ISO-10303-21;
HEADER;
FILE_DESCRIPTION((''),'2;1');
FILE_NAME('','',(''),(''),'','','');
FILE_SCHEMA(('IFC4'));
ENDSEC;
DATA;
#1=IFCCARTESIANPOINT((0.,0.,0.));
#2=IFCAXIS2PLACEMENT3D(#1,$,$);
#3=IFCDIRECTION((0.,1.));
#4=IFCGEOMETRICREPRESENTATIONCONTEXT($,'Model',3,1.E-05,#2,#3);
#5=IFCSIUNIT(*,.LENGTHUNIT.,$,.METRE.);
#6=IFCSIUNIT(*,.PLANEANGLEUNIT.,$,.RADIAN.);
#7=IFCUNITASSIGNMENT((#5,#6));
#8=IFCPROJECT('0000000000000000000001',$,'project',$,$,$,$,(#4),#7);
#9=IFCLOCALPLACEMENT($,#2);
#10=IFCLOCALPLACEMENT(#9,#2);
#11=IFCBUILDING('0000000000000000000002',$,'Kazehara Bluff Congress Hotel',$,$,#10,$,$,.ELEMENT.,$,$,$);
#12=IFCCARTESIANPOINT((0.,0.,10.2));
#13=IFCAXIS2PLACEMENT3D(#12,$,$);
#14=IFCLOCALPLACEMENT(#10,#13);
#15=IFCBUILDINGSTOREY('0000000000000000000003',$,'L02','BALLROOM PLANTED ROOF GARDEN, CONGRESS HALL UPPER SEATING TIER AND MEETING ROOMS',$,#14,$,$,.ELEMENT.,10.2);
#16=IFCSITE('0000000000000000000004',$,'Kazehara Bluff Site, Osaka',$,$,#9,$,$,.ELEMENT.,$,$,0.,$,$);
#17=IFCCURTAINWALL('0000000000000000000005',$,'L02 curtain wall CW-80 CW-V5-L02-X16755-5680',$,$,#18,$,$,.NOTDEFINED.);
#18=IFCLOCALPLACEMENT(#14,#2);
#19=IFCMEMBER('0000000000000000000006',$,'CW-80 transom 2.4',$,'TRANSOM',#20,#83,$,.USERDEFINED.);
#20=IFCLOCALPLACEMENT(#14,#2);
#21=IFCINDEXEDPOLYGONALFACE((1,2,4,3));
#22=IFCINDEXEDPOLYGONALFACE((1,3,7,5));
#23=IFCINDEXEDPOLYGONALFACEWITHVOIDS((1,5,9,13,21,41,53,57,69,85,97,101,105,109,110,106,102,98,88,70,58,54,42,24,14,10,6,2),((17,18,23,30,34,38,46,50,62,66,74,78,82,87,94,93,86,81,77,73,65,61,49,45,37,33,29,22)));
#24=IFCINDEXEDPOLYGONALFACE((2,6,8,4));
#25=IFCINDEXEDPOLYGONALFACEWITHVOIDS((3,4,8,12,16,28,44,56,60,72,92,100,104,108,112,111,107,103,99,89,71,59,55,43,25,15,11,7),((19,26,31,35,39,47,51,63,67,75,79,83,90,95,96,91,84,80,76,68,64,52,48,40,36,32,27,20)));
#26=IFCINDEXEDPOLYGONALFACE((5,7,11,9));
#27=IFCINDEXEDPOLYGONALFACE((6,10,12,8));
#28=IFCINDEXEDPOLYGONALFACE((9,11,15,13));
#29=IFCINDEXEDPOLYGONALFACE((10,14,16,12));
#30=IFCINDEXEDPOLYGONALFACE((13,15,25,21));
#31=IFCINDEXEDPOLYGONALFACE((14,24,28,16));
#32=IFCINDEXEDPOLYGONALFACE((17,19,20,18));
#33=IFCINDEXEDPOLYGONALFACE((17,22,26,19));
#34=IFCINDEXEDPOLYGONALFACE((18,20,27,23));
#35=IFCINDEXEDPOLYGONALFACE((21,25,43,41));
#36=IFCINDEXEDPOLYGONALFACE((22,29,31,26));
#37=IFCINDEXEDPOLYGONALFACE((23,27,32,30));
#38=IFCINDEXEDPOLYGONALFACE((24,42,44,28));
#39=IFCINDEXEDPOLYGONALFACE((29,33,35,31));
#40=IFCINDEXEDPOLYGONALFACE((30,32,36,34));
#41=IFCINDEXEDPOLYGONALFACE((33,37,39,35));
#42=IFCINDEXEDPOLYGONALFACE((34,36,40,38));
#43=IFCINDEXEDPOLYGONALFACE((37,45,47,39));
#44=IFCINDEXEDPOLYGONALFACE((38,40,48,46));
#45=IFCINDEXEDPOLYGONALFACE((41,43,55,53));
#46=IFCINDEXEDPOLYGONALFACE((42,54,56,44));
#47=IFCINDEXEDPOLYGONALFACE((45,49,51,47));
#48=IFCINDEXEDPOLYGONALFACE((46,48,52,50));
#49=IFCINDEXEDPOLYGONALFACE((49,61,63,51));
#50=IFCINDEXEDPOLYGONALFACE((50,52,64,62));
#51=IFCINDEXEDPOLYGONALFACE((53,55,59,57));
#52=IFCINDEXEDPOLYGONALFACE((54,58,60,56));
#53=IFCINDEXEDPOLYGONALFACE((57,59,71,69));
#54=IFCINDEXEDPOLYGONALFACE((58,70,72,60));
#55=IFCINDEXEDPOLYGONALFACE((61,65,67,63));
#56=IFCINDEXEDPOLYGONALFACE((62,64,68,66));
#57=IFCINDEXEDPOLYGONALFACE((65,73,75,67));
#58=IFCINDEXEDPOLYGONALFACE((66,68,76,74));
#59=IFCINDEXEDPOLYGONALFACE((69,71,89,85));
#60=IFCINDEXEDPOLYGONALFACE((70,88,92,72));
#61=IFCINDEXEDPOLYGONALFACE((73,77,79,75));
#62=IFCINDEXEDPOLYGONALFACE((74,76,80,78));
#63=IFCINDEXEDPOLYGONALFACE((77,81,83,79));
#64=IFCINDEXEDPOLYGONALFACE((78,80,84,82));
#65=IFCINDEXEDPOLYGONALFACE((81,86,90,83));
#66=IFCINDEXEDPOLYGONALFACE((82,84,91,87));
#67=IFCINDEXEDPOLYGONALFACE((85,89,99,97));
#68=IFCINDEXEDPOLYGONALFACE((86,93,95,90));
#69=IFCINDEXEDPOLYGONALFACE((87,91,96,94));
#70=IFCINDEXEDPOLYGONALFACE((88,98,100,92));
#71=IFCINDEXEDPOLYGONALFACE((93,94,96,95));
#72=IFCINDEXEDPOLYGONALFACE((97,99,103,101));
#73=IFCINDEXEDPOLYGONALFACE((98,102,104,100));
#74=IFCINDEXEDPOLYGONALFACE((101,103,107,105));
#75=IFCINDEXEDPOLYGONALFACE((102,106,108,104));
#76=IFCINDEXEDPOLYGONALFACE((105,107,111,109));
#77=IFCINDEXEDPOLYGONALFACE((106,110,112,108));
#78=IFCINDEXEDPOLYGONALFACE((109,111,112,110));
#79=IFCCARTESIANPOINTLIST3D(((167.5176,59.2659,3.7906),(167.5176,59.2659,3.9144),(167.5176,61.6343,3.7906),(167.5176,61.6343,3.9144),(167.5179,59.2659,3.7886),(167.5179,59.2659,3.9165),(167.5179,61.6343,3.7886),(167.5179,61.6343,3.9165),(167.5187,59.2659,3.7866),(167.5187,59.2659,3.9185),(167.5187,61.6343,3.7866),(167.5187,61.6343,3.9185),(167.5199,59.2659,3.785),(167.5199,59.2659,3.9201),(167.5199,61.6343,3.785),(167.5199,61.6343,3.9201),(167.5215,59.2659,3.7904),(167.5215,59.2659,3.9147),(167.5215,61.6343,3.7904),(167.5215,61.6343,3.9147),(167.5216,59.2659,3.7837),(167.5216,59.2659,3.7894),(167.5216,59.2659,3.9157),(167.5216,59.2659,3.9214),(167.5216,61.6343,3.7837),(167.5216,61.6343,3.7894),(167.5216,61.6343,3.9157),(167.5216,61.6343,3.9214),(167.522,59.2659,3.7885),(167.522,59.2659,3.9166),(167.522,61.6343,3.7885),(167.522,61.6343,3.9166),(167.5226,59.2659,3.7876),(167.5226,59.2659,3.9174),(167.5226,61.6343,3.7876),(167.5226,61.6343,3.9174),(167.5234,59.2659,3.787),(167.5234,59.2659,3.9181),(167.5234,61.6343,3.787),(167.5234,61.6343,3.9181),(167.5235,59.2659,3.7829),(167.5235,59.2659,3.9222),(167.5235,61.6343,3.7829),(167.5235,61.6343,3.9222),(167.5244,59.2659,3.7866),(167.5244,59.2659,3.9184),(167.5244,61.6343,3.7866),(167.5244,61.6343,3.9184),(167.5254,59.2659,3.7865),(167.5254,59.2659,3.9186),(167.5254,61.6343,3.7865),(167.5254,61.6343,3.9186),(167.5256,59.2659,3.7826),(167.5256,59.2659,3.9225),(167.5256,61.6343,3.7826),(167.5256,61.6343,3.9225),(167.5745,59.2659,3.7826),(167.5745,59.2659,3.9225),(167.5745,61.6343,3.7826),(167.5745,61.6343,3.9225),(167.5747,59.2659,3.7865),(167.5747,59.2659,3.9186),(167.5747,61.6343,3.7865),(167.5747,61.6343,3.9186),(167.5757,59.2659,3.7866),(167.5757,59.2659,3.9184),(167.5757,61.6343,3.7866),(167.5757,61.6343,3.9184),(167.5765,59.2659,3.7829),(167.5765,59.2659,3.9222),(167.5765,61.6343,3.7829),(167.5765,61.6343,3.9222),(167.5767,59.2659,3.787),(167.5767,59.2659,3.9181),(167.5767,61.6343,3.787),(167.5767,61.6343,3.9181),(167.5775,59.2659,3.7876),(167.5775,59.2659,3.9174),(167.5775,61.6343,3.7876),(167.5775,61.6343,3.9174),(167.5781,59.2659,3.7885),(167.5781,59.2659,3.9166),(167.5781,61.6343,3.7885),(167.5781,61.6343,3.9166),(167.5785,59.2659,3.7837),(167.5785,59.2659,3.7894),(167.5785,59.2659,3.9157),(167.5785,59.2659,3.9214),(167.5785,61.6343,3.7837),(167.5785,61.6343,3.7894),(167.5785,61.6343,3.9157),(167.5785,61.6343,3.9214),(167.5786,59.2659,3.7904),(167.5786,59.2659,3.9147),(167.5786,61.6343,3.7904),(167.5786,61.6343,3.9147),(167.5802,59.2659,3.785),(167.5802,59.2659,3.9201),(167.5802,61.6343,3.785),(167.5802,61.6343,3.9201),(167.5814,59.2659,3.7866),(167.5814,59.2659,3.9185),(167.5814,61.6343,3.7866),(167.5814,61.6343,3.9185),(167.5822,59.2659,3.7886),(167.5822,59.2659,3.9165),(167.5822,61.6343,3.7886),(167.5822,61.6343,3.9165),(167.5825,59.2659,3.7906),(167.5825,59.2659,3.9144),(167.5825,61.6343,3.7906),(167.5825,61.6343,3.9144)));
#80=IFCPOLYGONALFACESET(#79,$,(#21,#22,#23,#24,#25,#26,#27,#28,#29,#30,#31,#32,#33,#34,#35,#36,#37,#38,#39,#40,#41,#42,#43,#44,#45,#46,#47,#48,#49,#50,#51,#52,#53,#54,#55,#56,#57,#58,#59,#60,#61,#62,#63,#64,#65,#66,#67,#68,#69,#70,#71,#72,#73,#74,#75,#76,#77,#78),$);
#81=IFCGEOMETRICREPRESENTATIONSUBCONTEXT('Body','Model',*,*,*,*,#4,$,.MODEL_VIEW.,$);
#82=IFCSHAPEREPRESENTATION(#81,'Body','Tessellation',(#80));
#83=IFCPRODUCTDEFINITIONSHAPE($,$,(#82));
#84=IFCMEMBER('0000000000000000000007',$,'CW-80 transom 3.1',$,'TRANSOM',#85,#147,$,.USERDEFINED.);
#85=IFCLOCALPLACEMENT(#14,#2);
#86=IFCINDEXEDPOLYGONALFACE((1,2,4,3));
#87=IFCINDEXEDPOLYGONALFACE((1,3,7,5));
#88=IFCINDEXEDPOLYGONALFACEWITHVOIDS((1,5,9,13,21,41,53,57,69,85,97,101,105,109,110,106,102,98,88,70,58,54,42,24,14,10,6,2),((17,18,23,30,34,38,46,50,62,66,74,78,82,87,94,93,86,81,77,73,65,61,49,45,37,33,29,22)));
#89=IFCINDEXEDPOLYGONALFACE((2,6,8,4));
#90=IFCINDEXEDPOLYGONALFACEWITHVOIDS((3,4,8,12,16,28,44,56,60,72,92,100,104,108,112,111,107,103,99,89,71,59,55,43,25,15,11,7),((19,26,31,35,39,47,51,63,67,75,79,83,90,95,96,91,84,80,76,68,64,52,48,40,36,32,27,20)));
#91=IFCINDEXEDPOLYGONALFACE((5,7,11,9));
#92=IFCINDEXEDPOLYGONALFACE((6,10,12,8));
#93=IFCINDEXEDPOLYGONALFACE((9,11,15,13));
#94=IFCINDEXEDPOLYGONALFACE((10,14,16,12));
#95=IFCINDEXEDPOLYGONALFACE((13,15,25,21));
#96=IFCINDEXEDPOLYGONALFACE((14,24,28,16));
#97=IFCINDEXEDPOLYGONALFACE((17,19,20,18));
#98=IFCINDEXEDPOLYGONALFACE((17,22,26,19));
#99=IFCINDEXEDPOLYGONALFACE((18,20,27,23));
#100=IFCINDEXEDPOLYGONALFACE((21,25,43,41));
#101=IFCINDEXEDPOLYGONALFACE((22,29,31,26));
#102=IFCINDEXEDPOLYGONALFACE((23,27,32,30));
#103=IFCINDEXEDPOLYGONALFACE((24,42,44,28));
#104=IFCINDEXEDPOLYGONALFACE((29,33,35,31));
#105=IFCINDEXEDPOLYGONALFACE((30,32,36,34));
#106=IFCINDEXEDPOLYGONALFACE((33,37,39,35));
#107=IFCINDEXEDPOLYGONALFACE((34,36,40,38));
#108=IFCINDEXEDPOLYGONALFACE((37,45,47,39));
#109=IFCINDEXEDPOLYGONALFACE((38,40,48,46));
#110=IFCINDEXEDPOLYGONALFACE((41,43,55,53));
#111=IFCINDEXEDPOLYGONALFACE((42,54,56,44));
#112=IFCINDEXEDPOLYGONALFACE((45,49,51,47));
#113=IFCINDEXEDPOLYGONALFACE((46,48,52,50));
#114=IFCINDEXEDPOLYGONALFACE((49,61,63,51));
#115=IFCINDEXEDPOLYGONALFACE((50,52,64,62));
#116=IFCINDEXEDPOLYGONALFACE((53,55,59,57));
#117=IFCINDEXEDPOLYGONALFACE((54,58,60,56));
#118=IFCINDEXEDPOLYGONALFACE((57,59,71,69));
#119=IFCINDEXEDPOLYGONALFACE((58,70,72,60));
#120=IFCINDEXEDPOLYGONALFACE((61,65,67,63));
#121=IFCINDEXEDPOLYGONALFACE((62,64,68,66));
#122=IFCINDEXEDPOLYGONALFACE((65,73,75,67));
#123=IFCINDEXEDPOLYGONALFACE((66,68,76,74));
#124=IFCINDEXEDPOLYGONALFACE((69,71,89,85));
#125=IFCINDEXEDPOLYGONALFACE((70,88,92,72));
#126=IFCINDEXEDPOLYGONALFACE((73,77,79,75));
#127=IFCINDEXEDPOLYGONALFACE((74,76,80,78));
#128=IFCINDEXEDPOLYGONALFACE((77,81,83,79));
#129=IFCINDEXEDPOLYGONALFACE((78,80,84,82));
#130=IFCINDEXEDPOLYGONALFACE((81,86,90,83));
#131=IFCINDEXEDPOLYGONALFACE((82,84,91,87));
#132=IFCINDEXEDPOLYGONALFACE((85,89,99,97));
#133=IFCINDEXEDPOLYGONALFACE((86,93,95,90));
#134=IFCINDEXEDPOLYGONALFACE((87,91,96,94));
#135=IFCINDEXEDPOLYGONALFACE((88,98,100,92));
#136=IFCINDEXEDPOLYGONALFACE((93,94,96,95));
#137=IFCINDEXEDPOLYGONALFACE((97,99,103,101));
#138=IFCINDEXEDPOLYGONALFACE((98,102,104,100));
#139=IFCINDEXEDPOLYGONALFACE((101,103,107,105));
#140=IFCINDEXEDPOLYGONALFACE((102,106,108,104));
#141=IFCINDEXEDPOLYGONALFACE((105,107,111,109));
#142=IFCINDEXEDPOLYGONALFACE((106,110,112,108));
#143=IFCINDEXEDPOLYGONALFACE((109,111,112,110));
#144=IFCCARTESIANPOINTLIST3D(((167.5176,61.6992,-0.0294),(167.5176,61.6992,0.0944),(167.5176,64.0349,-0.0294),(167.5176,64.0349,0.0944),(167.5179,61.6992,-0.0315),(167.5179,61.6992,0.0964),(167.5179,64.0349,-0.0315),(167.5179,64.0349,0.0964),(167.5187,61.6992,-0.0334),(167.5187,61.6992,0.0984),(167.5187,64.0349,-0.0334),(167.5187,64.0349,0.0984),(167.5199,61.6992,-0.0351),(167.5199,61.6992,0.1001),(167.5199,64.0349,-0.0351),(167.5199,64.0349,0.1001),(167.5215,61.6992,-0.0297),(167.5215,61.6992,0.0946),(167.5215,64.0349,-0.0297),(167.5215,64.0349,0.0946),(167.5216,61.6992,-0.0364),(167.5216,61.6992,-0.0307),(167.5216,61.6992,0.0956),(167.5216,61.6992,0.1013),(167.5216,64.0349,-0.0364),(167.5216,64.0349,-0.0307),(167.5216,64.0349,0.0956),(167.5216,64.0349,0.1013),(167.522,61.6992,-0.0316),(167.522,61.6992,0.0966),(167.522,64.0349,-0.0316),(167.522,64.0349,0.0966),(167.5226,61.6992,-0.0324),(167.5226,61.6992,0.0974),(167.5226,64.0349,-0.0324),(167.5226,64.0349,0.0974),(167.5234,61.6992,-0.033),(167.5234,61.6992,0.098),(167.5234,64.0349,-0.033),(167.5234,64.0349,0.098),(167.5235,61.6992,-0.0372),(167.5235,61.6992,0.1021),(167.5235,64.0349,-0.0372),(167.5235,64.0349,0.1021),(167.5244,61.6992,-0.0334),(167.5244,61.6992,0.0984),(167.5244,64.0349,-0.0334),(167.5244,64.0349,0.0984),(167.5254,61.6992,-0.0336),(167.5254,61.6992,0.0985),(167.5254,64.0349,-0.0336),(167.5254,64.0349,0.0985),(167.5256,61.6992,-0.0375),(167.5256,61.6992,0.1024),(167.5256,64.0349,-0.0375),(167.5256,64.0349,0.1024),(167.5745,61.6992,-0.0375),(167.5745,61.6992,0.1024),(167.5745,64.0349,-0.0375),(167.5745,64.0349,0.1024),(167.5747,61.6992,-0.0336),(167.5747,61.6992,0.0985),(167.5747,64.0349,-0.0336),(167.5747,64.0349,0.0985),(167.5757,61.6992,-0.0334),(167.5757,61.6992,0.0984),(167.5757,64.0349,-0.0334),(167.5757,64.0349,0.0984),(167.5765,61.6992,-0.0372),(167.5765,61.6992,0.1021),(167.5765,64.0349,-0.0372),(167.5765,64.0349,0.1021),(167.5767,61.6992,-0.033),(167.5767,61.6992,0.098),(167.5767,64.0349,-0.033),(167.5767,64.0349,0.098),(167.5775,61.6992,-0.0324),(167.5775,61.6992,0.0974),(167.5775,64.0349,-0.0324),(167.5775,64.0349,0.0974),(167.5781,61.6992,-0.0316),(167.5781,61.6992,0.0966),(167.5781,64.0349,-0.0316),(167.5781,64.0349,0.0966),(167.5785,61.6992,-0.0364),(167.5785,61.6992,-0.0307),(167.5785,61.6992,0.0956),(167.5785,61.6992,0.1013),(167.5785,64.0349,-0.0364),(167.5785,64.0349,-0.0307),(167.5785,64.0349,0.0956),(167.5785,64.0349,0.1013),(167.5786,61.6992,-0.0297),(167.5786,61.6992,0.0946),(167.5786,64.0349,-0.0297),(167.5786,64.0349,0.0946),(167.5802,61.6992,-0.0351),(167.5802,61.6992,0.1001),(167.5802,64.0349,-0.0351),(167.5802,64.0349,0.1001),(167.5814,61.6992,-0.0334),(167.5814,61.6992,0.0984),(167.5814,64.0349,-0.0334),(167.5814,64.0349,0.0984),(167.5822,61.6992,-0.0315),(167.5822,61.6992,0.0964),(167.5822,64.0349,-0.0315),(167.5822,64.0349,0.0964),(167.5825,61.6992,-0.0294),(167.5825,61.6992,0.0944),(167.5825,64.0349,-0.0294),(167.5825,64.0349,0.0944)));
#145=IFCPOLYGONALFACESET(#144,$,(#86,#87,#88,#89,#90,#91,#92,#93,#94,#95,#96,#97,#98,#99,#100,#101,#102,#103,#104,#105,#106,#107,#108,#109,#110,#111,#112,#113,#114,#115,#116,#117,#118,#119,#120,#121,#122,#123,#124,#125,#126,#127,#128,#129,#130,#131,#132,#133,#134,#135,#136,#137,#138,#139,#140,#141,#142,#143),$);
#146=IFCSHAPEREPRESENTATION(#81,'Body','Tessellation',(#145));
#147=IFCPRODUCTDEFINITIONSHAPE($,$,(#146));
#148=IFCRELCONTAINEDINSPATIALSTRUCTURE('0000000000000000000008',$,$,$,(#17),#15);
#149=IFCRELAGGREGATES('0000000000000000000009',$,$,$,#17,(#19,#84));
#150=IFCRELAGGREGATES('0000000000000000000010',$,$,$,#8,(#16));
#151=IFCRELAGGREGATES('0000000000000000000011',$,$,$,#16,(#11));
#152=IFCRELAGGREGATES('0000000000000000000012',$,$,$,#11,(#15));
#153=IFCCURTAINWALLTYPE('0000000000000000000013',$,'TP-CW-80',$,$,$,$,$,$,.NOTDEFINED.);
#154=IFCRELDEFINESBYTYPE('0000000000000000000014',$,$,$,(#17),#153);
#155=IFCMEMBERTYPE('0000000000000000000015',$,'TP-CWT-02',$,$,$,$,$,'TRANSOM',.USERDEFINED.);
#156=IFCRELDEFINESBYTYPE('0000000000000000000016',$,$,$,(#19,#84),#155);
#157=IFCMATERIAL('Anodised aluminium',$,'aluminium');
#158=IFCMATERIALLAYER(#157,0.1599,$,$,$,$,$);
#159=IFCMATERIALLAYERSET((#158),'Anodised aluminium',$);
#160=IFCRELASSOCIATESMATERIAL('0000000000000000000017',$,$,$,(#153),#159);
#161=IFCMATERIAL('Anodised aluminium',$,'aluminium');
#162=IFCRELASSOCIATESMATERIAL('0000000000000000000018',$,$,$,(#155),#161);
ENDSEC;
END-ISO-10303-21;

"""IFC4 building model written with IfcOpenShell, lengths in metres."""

from ifc_helpers import new_model, si_unit, direction, frame, origin, origin_2d, place, context, subcontext, project, spatial, hollow_rectangle, extrude, material, layer, layer_set, material_profile, profile_set, type_object, element, aggregate, save


model = new_model("IFC4")

# Units and contexts
model_context = context("Model", 3, precision=1e-05, world=origin(), true_north=direction((0.0, 1.0)))
body_context = subcontext(model_context, "Body", "Model", "MODEL_VIEW")
ifc_project = project(units=[si_unit("LENGTHUNIT", "METRE"), si_unit("PLANEANGLEUNIT", "RADIAN")], contexts=[model_context])

# Site, building, storey
site_placement = place(None, origin())
site = spatial("IfcSite", under=ifc_project, at=site_placement, Name="Kazehara Bluff Site, Osaka", CompositionType="ELEMENT", RefElevation=0.0)
building_placement = place(site_placement, origin())
building = spatial("IfcBuilding", under=site, at=building_placement, Name="Kazehara Bluff Congress Hotel", CompositionType="ELEMENT")
storey_placement = place(building_placement, frame((0.0, 0.0, 10.2)))
storey = spatial("IfcBuildingStorey", under=building, at=storey_placement, Name="L02", Description="BALLROOM PLANTED ROOF GARDEN, CONGRESS HALL UPPER SEATING TIER AND MEETING ROOMS", CompositionType="ELEMENT", Elevation=10.2)

# Shared definitions
ifc_material_1 = material(Name="Anodised aluminium", Category="aluminium")
ifc_layer_1 = layer(ifc_material_1, 0.1599)
ifc_layer_set_1 = layer_set([ifc_layer_1], Name="Anodised aluminium")
curtain_wall_type = type_object("IfcCurtainWallType", Name="TP-CW-80", PredefinedType="NOTDEFINED", material=ifc_layer_set_1)

# Curtain wall, members
curtain_wall_1_placement = place(storey_placement, origin())
curtain_wall_1 = element("IfcCurtainWall", 1, at=curtain_wall_1_placement, inside=storey, type_object=curtain_wall_type, Name="L02 curtain wall CW-80 CW-V5-L02-X16755-5680", PredefinedType="NOTDEFINED")
ifc_material_2 = material(Name="Anodised aluminium", Category="aluminium")
ifc_material_profile_1 = material_profile(ifc_material_2, hollow_rectangle(XDim=0.0649, YDim=0.1399, WallThickness=0.0039, InnerFilletRadius=0.0039, OuterFilletRadius=0.0081, at=origin_2d()))
ifc_profile_set_1 = profile_set([ifc_material_profile_1], Name="Anodised aluminium")
member_type_1 = type_object("IfcMemberType", Name="TP-CWT-02", ElementType="TRANSOM", PredefinedType="USERDEFINED", material=ifc_profile_set_1)
member_1_placement = place(storey_placement, frame((167.55, 59.2659, 3.8525), z_axis=(0.0, 1.0, 0.0), x_axis=(-1.0, 0.0, 0.0)))
member_1 = element("IfcMember", 2, at=member_1_placement, type_object=member_type_1, Name="CW-80 transom 2.4", ObjectType="TRANSOM", PredefinedType="USERDEFINED", context=body_context, shape_type="SweptSolid", body=[
    extrude(hollow_rectangle(XDim=0.0649, YDim=0.1399, WallThickness=0.0039, InnerFilletRadius=0.0039, OuterFilletRadius=0.0081, at=origin_2d()), origin(), (0.0, 0.0, 1.0), 2.3684),
])
member_2_placement = place(storey_placement, frame((167.55, 61.6992, 0.0325), z_axis=(0.0, 1.0, 0.0), x_axis=(-1.0, 0.0, 0.0)))
member_2 = element("IfcMember", 3, at=member_2_placement, type_object=member_type_1, Name="CW-80 transom 3.1", ObjectType="TRANSOM", PredefinedType="USERDEFINED", context=body_context, shape_type="SweptSolid", body=[
    extrude(hollow_rectangle(XDim=0.0649, YDim=0.1399, WallThickness=0.0039, InnerFilletRadius=0.0039, OuterFilletRadius=0.0081, at=origin_2d()), origin(), (0.0, 0.0, 1.0), 2.3357),
])

aggregate(curtain_wall_1, [member_1, member_2])

save(model, "model.ifc")
